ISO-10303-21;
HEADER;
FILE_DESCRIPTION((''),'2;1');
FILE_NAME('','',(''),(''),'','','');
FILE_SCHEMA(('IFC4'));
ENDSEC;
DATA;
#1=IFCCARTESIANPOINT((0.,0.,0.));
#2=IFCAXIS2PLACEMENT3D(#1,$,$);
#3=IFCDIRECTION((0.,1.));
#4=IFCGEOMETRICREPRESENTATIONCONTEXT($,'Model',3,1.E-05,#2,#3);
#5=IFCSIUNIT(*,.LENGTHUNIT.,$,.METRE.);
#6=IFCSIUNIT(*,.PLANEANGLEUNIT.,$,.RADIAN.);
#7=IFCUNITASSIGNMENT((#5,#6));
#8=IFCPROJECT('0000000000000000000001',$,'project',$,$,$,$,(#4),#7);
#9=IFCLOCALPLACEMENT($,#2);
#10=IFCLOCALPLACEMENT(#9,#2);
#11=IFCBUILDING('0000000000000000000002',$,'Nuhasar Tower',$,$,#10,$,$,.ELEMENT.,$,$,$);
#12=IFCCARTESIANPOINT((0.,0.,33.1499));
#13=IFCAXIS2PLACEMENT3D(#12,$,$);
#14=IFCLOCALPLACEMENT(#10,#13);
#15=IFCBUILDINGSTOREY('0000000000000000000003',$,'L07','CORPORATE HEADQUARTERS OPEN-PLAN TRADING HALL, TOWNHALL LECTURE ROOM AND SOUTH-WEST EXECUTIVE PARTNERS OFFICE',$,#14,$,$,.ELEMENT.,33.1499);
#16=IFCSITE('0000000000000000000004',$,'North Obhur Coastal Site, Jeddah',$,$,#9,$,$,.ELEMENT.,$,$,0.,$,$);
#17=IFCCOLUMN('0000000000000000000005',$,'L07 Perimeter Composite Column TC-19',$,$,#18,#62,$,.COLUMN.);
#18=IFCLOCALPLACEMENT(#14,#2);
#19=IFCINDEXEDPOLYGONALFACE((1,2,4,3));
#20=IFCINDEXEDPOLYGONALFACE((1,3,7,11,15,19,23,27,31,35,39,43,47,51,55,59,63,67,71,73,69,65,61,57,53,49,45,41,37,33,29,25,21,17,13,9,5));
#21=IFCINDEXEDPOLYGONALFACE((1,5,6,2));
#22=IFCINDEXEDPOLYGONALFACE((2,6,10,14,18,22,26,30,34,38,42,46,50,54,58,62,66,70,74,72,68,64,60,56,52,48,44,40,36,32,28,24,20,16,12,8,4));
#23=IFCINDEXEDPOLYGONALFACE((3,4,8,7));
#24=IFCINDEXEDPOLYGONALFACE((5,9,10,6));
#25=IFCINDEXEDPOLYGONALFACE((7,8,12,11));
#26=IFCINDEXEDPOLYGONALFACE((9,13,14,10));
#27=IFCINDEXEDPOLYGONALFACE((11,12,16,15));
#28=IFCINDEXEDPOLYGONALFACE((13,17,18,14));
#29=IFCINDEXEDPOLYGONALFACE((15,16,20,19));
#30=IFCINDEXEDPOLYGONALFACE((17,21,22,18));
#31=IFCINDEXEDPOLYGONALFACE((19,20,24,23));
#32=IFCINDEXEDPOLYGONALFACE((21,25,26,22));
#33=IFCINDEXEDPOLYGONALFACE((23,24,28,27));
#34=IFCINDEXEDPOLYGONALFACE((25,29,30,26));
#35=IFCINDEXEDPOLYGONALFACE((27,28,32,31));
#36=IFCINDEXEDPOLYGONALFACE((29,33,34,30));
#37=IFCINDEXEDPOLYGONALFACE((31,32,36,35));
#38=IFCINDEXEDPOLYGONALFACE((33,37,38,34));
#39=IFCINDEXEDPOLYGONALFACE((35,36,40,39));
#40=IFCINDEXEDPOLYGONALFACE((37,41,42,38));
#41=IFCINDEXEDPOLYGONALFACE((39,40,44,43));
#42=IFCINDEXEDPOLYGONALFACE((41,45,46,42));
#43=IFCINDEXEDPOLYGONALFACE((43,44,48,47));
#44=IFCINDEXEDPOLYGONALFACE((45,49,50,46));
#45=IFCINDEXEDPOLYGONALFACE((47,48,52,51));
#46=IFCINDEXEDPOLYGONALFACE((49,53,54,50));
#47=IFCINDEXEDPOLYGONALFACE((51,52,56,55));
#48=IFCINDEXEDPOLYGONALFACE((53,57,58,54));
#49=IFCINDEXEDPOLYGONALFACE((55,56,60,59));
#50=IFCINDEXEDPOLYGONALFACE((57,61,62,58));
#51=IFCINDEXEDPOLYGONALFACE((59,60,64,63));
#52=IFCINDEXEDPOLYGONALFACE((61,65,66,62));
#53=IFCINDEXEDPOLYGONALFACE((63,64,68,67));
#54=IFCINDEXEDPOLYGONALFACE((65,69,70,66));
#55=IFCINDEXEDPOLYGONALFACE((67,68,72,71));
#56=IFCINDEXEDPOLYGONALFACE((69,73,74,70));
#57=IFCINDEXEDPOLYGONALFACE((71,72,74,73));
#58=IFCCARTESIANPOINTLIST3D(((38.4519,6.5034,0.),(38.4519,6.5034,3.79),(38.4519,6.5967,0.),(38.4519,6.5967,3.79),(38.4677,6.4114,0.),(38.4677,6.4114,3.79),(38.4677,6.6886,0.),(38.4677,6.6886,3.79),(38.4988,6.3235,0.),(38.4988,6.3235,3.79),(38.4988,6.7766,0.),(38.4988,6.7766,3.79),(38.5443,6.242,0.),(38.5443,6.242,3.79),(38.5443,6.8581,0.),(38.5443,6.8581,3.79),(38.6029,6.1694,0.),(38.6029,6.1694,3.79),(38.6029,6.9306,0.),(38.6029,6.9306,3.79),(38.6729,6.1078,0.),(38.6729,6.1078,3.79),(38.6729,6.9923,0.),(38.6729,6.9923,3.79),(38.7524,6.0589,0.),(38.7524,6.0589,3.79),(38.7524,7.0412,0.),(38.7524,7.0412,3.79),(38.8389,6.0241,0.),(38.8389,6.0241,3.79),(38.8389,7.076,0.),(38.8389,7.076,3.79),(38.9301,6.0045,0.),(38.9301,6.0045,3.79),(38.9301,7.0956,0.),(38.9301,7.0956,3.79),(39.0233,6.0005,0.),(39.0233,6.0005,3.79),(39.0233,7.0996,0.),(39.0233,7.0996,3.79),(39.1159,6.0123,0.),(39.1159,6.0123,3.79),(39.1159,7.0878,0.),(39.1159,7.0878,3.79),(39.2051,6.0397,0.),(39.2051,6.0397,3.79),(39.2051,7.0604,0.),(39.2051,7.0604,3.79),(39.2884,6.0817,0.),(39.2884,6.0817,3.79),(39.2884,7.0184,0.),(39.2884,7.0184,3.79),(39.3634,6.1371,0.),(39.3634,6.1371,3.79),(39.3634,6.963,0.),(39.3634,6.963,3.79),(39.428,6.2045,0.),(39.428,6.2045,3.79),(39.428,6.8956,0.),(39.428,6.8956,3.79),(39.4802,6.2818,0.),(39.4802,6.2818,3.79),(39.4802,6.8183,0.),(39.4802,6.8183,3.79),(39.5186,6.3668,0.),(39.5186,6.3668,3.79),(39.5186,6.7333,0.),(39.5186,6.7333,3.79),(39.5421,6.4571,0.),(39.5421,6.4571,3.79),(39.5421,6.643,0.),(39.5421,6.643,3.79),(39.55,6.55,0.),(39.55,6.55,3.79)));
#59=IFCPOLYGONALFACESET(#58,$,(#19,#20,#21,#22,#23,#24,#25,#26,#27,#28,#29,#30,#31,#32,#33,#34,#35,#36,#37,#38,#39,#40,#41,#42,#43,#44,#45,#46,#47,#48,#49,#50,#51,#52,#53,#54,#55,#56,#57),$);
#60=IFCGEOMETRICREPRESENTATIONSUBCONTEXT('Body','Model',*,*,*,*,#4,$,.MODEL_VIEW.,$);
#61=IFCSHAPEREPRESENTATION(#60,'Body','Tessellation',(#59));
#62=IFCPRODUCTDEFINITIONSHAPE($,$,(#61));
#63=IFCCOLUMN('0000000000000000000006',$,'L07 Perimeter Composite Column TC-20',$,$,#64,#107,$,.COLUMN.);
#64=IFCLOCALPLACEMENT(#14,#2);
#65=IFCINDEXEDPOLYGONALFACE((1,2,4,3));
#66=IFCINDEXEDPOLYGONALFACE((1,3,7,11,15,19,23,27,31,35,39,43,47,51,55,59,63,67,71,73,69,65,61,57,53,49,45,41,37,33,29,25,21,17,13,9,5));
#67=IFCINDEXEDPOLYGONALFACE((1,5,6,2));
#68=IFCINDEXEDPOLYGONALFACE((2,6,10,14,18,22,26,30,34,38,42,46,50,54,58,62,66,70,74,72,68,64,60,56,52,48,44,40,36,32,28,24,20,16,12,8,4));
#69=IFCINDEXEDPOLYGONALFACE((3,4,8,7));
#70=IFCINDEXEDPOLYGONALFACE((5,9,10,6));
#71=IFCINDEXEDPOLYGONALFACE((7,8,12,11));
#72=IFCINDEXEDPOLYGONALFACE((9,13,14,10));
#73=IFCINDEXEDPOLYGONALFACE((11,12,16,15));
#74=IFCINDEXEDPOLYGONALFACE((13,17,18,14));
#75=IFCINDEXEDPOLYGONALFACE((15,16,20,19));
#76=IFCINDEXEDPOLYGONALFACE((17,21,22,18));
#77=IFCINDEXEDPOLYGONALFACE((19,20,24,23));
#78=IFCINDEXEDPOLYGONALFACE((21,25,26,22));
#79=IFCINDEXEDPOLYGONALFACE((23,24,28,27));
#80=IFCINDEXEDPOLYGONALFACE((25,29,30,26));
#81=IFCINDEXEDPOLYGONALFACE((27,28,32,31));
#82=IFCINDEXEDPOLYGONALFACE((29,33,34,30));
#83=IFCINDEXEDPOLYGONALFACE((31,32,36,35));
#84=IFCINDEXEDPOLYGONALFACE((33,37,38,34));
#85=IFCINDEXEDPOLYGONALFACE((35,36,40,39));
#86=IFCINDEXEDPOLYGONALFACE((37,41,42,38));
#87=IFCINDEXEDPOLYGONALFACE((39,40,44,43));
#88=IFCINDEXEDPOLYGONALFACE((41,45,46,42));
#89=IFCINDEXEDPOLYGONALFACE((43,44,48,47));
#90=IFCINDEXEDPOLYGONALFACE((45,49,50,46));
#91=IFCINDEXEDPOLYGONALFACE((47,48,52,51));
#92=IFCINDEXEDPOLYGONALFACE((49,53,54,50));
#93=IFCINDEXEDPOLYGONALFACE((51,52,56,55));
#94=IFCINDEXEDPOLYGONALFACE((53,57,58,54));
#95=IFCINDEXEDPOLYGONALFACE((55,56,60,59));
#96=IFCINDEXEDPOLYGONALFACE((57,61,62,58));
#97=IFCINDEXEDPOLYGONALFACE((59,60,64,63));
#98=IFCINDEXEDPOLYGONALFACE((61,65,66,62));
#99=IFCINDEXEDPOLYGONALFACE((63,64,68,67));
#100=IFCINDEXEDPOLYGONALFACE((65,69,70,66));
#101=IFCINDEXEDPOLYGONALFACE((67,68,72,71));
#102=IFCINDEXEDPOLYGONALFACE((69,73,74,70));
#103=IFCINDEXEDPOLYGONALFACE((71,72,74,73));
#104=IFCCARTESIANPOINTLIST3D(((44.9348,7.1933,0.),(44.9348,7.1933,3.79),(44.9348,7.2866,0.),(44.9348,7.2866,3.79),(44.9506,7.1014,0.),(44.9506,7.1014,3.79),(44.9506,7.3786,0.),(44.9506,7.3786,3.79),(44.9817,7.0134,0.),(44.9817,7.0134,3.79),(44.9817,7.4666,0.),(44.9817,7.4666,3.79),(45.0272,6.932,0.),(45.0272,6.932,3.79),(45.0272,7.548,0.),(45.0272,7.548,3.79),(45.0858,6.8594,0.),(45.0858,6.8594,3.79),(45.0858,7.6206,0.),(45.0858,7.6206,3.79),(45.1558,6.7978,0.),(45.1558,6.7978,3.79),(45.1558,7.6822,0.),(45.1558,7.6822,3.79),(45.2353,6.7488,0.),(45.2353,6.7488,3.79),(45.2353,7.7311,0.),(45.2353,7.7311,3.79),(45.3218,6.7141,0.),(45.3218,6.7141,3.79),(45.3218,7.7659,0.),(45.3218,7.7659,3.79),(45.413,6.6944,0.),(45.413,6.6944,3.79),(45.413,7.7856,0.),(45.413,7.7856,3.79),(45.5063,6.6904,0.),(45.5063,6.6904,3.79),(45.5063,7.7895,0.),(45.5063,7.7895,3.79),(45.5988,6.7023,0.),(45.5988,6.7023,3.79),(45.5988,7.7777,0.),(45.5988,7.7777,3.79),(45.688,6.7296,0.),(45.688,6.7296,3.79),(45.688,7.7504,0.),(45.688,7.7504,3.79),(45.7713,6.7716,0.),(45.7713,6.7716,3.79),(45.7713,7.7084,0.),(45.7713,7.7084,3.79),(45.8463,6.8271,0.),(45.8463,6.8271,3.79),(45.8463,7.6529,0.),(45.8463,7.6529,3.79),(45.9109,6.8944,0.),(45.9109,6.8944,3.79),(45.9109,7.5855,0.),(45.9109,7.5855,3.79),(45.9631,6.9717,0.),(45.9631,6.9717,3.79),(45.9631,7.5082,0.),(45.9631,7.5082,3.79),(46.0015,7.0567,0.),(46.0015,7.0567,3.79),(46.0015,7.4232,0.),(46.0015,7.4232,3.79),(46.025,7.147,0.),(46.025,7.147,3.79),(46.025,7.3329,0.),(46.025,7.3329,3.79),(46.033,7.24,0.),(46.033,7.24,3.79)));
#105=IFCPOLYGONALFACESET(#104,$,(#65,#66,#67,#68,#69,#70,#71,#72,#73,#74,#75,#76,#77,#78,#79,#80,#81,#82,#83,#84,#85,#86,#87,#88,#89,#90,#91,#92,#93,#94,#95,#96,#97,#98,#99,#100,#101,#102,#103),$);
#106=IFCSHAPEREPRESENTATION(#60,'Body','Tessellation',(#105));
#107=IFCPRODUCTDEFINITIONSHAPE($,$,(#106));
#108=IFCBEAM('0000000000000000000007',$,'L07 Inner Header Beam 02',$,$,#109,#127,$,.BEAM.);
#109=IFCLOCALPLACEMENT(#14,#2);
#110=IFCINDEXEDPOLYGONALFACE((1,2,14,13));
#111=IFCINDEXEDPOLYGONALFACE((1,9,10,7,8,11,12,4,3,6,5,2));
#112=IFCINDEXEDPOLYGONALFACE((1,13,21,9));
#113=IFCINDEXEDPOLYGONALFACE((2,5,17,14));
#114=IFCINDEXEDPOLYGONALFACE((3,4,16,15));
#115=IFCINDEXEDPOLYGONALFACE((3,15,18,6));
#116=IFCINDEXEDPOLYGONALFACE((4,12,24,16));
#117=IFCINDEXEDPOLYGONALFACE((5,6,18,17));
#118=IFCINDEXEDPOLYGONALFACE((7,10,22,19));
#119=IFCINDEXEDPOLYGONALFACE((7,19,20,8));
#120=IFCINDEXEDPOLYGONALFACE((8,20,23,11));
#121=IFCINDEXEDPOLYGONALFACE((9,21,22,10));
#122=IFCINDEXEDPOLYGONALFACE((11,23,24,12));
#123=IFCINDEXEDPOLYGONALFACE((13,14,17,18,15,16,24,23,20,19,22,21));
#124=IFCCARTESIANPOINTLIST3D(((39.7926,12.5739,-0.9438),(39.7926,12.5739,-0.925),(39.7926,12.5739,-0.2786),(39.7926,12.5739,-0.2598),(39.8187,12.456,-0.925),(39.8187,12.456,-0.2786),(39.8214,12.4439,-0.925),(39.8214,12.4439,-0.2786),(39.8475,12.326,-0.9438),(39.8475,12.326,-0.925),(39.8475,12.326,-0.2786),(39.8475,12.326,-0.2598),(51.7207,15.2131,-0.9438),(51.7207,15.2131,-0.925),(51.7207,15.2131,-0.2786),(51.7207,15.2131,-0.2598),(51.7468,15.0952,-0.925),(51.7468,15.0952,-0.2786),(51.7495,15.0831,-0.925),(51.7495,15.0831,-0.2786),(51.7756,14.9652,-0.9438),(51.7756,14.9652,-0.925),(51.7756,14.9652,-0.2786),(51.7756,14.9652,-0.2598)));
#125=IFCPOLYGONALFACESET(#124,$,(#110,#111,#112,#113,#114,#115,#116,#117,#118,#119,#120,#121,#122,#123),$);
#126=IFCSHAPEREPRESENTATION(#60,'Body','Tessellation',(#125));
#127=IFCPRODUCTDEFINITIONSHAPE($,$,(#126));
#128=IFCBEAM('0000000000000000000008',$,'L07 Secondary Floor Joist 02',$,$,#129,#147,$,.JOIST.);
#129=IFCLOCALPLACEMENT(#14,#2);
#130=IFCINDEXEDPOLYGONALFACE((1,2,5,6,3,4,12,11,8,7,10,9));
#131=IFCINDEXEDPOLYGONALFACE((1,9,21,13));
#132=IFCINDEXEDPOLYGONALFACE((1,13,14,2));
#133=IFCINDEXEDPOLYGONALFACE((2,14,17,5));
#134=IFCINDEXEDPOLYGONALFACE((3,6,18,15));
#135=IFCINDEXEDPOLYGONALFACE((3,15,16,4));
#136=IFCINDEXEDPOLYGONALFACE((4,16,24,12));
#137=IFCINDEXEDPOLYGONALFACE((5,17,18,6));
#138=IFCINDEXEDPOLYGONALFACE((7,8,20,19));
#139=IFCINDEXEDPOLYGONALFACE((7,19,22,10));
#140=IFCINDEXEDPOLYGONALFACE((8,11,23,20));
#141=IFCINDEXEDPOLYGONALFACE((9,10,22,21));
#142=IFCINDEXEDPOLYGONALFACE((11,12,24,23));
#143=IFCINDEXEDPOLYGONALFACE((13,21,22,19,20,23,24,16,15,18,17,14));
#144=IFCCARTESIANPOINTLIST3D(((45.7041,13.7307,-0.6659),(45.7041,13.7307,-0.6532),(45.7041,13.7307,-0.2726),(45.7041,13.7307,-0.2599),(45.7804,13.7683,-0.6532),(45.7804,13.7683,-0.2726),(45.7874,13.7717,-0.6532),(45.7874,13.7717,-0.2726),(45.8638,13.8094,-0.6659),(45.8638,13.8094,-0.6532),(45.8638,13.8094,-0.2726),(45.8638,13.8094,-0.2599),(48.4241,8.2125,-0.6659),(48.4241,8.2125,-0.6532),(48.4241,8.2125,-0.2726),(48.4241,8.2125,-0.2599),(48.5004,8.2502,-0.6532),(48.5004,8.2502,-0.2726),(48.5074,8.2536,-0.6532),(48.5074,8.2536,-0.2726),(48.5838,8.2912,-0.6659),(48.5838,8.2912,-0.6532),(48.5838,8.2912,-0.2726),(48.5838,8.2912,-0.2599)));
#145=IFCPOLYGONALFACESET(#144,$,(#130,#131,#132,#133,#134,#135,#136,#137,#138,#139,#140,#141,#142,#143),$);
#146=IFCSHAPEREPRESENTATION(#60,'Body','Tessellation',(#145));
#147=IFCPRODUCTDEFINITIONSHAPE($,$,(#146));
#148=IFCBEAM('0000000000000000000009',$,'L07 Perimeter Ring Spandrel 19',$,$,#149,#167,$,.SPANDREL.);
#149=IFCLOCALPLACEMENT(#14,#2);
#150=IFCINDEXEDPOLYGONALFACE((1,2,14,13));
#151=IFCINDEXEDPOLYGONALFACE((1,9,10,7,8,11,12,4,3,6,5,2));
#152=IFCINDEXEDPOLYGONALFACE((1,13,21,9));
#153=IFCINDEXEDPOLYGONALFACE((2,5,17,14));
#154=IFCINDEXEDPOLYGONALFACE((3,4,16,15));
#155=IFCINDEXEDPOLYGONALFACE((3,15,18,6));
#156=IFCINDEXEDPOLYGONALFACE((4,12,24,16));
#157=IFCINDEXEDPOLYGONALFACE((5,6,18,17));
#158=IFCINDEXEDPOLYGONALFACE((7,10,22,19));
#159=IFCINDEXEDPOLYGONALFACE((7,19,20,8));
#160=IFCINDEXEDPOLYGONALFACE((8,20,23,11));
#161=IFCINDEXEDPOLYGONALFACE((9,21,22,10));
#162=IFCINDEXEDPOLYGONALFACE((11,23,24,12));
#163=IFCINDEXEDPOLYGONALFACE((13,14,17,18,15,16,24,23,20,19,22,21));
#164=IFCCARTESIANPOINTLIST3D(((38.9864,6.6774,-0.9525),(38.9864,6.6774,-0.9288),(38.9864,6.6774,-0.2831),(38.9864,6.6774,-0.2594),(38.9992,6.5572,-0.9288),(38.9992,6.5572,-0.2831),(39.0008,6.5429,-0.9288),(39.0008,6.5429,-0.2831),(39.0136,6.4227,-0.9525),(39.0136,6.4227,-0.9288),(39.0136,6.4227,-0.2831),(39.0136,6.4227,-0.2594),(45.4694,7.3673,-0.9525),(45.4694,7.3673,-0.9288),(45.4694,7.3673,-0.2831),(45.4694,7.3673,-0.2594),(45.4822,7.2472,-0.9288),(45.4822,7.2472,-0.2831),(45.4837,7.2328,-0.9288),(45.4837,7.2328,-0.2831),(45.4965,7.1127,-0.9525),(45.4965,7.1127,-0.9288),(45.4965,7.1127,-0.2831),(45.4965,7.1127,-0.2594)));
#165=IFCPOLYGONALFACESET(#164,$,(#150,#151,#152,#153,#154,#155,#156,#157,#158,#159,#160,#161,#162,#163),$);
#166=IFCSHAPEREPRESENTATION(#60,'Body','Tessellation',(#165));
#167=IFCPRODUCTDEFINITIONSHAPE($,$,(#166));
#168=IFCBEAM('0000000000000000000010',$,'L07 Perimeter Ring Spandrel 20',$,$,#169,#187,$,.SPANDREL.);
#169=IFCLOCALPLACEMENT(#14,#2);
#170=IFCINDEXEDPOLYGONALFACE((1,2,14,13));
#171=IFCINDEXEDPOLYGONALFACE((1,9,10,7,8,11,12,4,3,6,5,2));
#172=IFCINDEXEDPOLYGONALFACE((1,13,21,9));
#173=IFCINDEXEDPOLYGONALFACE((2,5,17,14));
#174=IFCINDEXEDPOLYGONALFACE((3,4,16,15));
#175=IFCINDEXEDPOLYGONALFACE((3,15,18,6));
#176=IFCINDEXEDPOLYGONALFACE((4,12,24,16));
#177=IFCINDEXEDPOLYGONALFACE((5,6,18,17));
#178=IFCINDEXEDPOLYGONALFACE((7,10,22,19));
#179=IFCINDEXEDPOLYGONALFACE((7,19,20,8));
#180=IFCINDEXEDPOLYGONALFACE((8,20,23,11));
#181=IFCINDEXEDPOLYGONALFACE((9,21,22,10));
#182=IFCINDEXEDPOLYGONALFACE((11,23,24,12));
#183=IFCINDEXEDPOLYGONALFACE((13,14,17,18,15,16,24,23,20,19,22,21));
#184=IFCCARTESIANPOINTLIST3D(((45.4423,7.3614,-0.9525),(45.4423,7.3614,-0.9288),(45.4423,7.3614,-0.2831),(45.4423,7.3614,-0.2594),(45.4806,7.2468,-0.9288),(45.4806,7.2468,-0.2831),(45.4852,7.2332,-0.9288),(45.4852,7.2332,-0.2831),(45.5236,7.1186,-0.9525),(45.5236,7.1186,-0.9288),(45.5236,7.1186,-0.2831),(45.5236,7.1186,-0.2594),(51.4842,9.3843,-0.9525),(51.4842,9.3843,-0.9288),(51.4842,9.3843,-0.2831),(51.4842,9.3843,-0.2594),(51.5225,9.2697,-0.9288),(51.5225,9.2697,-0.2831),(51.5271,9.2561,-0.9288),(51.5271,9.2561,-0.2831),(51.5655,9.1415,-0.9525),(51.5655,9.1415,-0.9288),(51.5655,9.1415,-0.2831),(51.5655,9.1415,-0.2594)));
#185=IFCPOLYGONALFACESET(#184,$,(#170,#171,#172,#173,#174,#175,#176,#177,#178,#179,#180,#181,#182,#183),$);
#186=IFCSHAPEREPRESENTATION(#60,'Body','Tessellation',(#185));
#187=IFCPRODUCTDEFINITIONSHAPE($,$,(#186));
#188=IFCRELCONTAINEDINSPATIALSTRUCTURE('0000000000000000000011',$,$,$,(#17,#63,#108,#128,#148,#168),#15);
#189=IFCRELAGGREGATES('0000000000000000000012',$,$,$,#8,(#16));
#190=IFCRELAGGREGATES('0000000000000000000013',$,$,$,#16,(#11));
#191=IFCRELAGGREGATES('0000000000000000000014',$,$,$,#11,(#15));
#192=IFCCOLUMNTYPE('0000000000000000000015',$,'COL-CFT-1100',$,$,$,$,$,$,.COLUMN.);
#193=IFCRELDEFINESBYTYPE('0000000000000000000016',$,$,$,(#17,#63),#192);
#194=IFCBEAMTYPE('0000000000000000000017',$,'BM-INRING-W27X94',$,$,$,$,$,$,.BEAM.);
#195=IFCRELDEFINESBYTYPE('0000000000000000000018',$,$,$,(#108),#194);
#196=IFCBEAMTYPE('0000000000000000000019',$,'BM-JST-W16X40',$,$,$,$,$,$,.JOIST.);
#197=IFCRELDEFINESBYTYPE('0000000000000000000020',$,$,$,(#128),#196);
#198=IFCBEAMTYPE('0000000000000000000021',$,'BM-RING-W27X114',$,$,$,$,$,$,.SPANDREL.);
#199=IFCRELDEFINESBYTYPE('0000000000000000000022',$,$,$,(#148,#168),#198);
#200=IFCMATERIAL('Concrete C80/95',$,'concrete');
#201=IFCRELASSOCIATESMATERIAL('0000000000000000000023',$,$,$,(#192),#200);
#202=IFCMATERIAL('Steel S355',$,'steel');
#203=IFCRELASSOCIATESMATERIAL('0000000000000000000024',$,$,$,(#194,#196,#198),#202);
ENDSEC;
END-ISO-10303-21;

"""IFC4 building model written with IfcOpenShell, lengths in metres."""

from ifc_helpers import new_model, si_unit, direction, frame, origin, origin_2d, place, context, subcontext, project, spatial, circle, i_section, extrude, material, material_profile, profile_set, type_object, element, save


model = new_model("IFC4")

# Units and contexts
model_context = context("Model", 3, precision=1e-05, world=origin(), true_north=direction((0.0, 1.0)))
body_context = subcontext(model_context, "Body", "Model", "MODEL_VIEW")
ifc_project = project(units=[si_unit("LENGTHUNIT", "METRE"), si_unit("PLANEANGLEUNIT", "RADIAN")], contexts=[model_context])

# Site, building, storey
site_placement = place(None, origin())
site = spatial("IfcSite", under=ifc_project, at=site_placement, Name="North Obhur Coastal Site, Jeddah", CompositionType="ELEMENT", RefElevation=0.0)
building_placement = place(site_placement, origin())
building = spatial("IfcBuilding", under=site, at=building_placement, Name="Nuhasar Tower", CompositionType="ELEMENT")
storey_placement = place(building_placement, frame((0.0, 0.0, 33.1499)))
storey = spatial("IfcBuildingStorey", under=building, at=storey_placement, Name="L07", Description="CORPORATE HEADQUARTERS OPEN-PLAN TRADING HALL, TOWNHALL LECTURE ROOM AND SOUTH-WEST EXECUTIVE PARTNERS OFFICE", CompositionType="ELEMENT", Elevation=33.1499)

# Columns
ifc_material_1 = material(Name="Concrete C80/95", Category="concrete")
ifc_material_profile_1 = material_profile(ifc_material_1, circle(Radius=0.55, at=origin_2d()), Name="CFT1100")
ifc_profile_set_1 = profile_set([ifc_material_profile_1], Name="Concrete C80/95")
column_type = type_object("IfcColumnType", Name="COL-CFT-1100", PredefinedType="COLUMN", material=ifc_profile_set_1)
for number, where, z_axis, x_axis, name in (
    (1, (39.0, 6.55, 0.0), (0.0, 0.0, 1.0), (1.0, 0.0, 0.0), "L07 Perimeter Composite Column TC-19"),
    (2, (45.4829, 7.24, 0.0), (0.0, 0.0, 1.0), (1.0, 0.0, 0.0), "L07 Perimeter Composite Column TC-20"),
):
    element("IfcColumn", number, at=place(storey_placement, frame(where, z_axis=z_axis, x_axis=x_axis)), inside=storey, type_object=column_type, Name=name, PredefinedType="COLUMN", context=body_context, shape_type="SweptSolid", body=[
        extrude(circle(Radius=0.55, at=origin_2d()), origin(), (0.0, 0.0, 1.0), 3.79),
    ])

# Beams
ifc_material_2 = material(Name="Steel S355", Category="steel")
ifc_material_profile_2 = material_profile(ifc_material_2, i_section(OverallWidth=0.2539, OverallDepth=0.6841, WebThickness=0.0125, FlangeThickness=0.0188, at=origin_2d()), Name="W27X94")
ifc_profile_set_2 = profile_set([ifc_material_profile_2], Name="Steel S355")
beam_type_1 = type_object("IfcBeamType", Name="BM-INRING-W27X94", PredefinedType="BEAM", material=ifc_profile_set_2)
beam_1_placement = place(storey_placement, frame((39.8201, 12.45, -0.6018), z_axis=(0.976386, 0.216033, 0.0), x_axis=(-0.216033, 0.976386, 0.0)))
element("IfcBeam", 3, at=beam_1_placement, inside=storey, type_object=beam_type_1, Name="L07 Inner Header Beam 02", PredefinedType="BEAM", context=body_context, shape_type="SweptSolid", body=[
    extrude(i_section(OverallWidth=0.2539, OverallDepth=0.6841, WebThickness=0.0125, FlangeThickness=0.0188, at=origin_2d()), origin(), (0.0, 0.0, 1.0), 12.2166),
])
ifc_material_profile_3 = material_profile(ifc_material_2, i_section(OverallWidth=0.178, OverallDepth=0.406, WebThickness=0.0078, FlangeThickness=0.0127, at=origin_2d()), Name="W16X40")
ifc_profile_set_3 = profile_set([ifc_material_profile_3], Name="Steel S355")
beam_type_2 = type_object("IfcBeamType", Name="BM-JST-W16X40", PredefinedType="JOIST", material=ifc_profile_set_3)
beam_2_placement = place(storey_placement, frame((45.7839, 13.77, -0.4629), z_axis=(0.442127, -0.896953, 0.0), x_axis=(0.896953, 0.442127, 0.0)))
element("IfcBeam", 4, at=beam_2_placement, inside=storey, type_object=beam_type_2, Name="L07 Secondary Floor Joist 02", PredefinedType="JOIST", context=body_context, shape_type="SweptSolid", body=[
    extrude(i_section(OverallWidth=0.178, OverallDepth=0.406, WebThickness=0.0078, FlangeThickness=0.0127, at=origin_2d()), origin(), (0.0, 0.0, 1.0), 6.1521),
])
ifc_material_profile_4 = material_profile(ifc_material_2, i_section(OverallWidth=0.2561, OverallDepth=0.6931, WebThickness=0.0144, FlangeThickness=0.0237, at=origin_2d()), Name="W27X114")
ifc_profile_set_4 = profile_set([ifc_material_profile_4], Name="Steel S355")
beam_type_3 = type_object("IfcBeamType", Name="BM-RING-W27X114", PredefinedType="SPANDREL", material=ifc_profile_set_4)
beam_3_placement = place(storey_placement, frame((39.0, 6.55, -0.606), z_axis=(0.994385, 0.105827, 0.0), x_axis=(-0.105827, 0.994385, 0.0)))
element("IfcBeam", 5, at=beam_3_placement, inside=storey, type_object=beam_type_3, Name="L07 Perimeter Ring Spandrel 19", PredefinedType="SPANDREL", context=body_context, shape_type="SweptSolid", body=[
    extrude(i_section(OverallWidth=0.2561, OverallDepth=0.6931, WebThickness=0.0144, FlangeThickness=0.0237, at=origin_2d()), origin(), (0.0, 0.0, 1.0), 6.5195),
])
beam_4_placement = place(storey_placement, frame((45.4829, 7.24, -0.606), z_axis=(0.948261, 0.317492, 0.0), x_axis=(-0.317492, 0.948261, 0.0)))
element("IfcBeam", 6, at=beam_4_placement, inside=storey, type_object=beam_type_3, Name="L07 Perimeter Ring Spandrel 20", PredefinedType="SPANDREL", context=body_context, shape_type="SweptSolid", body=[
    extrude(i_section(OverallWidth=0.2561, OverallDepth=0.6931, WebThickness=0.0144, FlangeThickness=0.0237, at=origin_2d()), origin(), (0.0, 0.0, 1.0), 6.3716),
])

save(model, "model.ifc")
